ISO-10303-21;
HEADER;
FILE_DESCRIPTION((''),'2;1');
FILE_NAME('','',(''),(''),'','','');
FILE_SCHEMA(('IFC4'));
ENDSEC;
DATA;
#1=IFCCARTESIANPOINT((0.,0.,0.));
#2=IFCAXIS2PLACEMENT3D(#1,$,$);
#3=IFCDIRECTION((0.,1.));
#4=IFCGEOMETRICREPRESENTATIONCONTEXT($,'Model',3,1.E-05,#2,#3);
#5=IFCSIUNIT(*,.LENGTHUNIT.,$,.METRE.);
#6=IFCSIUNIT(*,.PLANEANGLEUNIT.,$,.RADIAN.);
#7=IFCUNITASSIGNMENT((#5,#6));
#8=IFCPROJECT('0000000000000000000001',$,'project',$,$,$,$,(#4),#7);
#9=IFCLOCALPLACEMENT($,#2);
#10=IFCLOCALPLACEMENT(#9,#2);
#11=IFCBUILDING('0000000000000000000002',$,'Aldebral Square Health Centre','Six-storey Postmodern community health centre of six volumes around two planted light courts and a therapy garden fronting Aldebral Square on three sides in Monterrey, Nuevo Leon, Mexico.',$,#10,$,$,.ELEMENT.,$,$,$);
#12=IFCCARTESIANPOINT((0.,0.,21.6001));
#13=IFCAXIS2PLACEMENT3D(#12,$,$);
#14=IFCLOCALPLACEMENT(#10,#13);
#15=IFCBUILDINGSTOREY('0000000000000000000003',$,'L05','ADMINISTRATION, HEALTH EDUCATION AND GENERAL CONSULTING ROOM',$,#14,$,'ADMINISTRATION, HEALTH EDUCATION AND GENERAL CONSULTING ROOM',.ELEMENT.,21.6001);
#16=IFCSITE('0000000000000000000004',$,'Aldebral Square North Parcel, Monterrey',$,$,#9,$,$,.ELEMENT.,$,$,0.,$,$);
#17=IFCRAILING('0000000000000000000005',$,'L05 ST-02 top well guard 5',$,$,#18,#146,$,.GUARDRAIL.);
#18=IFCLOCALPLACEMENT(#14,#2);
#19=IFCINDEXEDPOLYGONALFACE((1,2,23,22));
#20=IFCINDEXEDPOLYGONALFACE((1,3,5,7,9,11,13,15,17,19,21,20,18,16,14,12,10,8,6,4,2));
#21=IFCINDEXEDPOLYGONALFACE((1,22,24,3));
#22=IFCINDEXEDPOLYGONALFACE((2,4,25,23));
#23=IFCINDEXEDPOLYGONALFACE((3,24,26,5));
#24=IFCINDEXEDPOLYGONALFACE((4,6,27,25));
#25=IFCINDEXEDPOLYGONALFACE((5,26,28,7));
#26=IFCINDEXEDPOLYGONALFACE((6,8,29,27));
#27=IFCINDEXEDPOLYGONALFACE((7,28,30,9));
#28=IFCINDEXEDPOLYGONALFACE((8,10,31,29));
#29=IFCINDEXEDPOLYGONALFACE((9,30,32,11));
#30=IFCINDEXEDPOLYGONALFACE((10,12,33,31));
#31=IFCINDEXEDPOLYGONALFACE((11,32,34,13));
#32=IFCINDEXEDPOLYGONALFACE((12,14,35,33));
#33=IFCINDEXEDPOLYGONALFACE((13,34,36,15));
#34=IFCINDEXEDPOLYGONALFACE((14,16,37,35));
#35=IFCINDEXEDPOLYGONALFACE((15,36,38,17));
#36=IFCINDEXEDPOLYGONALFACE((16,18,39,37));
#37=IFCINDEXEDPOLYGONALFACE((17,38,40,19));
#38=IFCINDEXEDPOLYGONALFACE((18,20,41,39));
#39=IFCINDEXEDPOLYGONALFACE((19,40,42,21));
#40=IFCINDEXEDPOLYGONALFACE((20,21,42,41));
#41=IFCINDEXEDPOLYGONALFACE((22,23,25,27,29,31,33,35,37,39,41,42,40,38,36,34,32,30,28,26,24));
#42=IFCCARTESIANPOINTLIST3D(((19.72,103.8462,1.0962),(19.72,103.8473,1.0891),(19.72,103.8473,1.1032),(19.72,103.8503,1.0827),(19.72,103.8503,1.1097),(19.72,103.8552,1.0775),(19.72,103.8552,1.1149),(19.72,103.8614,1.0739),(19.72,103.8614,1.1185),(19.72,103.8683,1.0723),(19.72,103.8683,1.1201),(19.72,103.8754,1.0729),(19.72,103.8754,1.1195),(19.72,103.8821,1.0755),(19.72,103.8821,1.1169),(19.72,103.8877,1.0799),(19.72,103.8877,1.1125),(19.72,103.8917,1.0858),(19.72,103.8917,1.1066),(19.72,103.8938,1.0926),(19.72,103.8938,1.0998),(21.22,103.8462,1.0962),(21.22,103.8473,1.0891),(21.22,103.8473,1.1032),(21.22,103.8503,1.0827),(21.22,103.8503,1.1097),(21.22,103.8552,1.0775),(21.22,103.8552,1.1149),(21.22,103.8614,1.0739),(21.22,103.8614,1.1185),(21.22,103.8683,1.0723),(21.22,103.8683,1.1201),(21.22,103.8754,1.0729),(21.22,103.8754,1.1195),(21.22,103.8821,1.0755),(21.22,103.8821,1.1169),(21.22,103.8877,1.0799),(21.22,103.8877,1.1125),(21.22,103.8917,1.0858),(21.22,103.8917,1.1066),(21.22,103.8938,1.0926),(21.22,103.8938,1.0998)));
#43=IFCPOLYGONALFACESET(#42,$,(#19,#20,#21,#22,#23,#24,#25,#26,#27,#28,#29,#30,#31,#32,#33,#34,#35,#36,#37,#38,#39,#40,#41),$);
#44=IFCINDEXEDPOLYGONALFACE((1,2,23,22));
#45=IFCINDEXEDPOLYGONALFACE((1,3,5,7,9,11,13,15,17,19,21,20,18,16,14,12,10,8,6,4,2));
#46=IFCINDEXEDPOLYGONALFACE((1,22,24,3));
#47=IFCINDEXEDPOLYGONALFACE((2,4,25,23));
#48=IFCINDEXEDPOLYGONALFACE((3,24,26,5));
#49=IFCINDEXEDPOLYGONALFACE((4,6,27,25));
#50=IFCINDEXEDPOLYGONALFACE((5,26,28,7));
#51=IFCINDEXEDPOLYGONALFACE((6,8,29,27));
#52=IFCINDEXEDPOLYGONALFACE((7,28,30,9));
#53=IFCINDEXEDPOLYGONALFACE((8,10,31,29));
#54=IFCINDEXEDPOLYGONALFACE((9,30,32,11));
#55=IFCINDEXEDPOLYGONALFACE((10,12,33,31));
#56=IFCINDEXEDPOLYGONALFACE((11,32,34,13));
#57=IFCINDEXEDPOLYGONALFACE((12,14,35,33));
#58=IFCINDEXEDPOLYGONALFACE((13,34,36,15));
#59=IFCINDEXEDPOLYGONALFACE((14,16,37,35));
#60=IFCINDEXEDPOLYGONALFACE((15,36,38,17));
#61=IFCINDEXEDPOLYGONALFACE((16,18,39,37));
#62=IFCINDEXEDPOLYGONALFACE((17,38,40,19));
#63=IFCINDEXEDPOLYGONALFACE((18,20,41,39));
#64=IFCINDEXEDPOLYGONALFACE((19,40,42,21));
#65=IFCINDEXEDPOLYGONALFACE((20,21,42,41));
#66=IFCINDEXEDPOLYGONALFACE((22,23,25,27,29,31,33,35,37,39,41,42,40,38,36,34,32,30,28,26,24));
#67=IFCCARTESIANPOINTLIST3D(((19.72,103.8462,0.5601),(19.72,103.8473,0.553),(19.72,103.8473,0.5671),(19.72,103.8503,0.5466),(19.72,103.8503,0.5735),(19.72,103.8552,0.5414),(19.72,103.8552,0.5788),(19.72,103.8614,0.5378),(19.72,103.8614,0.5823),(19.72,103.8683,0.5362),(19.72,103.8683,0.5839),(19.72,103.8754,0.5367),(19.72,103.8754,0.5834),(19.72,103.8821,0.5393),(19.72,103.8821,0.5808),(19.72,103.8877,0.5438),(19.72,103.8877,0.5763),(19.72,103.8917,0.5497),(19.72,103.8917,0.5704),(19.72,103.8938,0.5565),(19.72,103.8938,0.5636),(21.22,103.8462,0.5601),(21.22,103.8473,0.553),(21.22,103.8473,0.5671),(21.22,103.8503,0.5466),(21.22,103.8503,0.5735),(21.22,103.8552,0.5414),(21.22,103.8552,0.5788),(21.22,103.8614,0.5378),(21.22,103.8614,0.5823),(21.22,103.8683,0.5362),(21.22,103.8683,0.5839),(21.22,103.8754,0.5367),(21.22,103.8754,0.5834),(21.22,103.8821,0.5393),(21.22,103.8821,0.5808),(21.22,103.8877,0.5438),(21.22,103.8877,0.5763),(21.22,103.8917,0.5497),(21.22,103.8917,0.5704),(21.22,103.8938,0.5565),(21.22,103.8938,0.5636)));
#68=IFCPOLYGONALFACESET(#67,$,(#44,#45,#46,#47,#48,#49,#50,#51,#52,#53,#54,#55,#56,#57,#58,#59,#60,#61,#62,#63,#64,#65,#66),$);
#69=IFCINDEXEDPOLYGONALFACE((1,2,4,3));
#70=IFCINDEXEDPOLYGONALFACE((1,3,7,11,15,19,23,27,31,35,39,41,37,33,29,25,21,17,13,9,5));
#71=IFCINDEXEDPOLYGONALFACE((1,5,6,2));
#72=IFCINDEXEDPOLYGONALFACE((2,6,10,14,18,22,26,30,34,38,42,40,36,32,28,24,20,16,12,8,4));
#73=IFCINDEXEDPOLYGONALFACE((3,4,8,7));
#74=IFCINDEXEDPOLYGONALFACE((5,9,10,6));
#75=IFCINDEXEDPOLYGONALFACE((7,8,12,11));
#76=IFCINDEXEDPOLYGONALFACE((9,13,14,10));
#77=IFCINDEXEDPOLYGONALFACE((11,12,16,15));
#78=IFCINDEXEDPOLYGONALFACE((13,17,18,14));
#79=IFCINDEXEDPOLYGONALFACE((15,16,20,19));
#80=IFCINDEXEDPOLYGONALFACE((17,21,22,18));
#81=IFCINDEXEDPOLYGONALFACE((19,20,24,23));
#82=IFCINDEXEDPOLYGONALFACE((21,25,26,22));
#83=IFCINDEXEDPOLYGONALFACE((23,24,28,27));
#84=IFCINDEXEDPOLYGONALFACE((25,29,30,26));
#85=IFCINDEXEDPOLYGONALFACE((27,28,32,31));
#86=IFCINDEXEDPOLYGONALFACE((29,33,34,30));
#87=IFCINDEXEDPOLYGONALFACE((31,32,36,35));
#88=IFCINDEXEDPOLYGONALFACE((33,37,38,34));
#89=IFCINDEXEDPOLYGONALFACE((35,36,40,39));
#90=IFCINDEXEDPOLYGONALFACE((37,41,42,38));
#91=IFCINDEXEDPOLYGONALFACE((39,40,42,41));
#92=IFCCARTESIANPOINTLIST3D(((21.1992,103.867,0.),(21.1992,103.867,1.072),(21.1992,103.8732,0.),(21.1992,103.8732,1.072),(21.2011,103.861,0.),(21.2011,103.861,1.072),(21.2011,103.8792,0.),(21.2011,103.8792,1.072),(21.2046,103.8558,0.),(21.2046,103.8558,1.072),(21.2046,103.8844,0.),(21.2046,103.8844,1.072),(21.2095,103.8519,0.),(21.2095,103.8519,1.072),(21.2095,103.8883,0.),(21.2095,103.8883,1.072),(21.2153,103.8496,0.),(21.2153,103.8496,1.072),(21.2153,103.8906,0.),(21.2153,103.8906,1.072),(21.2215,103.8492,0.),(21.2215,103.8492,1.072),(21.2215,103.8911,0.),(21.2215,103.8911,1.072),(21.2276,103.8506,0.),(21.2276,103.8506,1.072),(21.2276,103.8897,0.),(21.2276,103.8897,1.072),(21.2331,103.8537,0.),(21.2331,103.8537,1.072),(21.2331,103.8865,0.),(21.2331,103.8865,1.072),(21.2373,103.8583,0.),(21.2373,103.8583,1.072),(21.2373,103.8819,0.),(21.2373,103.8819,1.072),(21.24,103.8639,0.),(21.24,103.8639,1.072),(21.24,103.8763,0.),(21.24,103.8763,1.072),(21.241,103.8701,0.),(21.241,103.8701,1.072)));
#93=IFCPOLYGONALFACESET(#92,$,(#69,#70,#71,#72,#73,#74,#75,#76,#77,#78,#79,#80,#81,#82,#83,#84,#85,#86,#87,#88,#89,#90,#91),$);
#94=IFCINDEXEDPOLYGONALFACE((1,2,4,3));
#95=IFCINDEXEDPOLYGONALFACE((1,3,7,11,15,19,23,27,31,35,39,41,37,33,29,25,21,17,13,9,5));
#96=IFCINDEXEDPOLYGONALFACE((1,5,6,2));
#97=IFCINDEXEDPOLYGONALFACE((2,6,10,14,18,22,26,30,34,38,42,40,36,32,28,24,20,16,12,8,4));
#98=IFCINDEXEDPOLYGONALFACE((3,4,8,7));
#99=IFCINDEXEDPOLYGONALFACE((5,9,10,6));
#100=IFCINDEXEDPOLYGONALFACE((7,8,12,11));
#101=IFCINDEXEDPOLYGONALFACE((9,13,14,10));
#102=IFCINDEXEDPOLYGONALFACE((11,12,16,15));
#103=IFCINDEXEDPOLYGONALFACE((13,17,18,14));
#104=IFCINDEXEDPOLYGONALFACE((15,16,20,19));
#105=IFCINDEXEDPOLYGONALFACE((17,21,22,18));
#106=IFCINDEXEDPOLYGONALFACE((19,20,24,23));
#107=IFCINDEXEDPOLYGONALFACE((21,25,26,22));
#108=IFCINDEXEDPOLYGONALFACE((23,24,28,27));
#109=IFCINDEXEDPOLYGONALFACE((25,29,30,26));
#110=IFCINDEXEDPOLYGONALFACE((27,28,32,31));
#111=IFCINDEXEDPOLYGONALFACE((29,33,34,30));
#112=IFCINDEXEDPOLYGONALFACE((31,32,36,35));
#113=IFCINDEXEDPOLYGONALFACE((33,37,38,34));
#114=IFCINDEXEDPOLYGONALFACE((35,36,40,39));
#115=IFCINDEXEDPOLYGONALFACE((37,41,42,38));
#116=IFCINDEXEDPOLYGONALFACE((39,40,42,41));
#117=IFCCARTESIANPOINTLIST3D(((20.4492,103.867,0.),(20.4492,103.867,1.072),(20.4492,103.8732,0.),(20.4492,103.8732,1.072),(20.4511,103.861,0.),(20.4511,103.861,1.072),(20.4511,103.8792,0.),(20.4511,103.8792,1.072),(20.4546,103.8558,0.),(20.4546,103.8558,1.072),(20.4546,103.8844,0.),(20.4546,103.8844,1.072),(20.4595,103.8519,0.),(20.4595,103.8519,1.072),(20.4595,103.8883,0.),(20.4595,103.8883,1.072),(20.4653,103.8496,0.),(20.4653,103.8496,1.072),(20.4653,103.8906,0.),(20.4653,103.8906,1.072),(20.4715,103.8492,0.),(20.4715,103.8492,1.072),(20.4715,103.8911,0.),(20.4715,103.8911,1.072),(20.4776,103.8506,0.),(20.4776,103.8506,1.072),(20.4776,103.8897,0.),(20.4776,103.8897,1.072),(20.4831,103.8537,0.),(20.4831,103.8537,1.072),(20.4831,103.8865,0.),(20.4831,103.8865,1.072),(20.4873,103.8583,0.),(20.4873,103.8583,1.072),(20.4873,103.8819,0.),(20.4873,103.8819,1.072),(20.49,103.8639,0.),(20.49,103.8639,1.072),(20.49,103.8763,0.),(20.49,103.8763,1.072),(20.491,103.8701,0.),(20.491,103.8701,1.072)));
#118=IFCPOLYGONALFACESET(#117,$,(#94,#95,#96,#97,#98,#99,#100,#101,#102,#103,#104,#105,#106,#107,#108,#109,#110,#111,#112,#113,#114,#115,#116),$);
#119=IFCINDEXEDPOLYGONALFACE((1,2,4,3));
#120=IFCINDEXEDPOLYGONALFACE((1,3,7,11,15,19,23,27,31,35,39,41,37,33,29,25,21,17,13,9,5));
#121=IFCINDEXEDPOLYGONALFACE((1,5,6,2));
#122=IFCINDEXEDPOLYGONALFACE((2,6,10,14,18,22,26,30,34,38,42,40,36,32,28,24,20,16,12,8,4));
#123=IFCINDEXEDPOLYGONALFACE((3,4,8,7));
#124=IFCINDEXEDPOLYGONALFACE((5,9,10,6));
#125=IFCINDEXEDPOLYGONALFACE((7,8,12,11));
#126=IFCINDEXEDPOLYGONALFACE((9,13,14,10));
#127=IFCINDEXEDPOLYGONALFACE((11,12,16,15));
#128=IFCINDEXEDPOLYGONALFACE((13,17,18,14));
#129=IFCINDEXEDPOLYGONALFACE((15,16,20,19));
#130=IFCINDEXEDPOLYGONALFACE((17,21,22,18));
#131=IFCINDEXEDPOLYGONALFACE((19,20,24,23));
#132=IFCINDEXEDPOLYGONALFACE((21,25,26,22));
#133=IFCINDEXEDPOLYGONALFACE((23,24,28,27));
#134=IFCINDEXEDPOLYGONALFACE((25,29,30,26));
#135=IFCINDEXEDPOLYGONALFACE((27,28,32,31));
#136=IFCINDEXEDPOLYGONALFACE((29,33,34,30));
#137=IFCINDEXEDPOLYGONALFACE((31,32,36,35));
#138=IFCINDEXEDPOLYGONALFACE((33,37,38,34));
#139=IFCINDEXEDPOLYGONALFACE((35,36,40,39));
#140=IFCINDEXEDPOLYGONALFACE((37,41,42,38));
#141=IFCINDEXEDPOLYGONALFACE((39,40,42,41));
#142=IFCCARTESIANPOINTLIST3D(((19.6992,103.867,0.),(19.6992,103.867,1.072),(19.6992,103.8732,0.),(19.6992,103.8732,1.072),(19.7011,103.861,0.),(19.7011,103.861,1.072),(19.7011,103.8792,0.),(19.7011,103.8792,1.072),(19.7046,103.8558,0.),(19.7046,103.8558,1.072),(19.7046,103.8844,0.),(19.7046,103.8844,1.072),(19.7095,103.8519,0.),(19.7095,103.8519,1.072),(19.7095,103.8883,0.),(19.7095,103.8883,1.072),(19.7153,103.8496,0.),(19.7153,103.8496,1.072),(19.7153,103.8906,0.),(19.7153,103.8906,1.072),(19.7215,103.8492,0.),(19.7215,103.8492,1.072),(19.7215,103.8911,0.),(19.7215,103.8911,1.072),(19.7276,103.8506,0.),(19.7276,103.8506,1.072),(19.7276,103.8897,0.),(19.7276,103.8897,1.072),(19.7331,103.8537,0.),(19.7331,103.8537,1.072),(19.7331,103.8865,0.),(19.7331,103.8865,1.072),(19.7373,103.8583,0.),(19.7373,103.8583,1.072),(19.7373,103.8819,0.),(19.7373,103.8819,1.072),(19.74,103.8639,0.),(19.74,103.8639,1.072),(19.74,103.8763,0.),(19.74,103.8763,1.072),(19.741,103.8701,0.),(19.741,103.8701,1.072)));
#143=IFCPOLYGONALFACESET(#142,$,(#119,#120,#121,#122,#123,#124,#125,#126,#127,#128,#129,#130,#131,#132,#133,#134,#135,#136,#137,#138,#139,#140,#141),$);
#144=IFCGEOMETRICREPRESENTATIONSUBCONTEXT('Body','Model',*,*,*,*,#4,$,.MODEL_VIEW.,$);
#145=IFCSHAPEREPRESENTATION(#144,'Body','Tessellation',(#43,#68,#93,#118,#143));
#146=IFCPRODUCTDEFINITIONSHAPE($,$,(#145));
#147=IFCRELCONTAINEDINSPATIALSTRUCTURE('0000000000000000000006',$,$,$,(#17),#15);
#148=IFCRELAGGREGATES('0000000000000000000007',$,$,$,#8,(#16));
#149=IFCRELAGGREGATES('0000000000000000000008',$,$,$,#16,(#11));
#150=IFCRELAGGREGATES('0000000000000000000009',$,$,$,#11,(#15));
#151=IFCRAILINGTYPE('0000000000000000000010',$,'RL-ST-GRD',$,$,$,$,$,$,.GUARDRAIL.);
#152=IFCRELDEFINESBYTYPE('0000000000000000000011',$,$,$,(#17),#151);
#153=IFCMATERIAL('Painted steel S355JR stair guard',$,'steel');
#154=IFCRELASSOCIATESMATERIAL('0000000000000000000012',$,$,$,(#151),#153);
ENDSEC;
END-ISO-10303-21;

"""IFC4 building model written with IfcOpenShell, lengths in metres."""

from ifc_helpers import new_model, si_unit, direction, frame, origin, origin_2d, place, context, subcontext, project, spatial, circle, extrude, material, type_object, element, save


model = new_model("IFC4")

# Units and contexts
model_context = context("Model", 3, precision=1e-05, world=origin(), true_north=direction((0.0, 1.0)))
body_context = subcontext(model_context, "Body", "Model", "MODEL_VIEW")
ifc_project = project(units=[si_unit("LENGTHUNIT", "METRE"), si_unit("PLANEANGLEUNIT", "RADIAN")], contexts=[model_context])

# Site, building, storey
site_placement = place(None, origin())
site = spatial("IfcSite", under=ifc_project, at=site_placement, Name="Aldebral Square North Parcel, Monterrey", CompositionType="ELEMENT", RefElevation=0.0)
building_placement = place(site_placement, origin())
building = spatial("IfcBuilding", under=site, at=building_placement, Name="Aldebral Square Health Centre", Description="Six-storey Postmodern community health centre of six volumes around two planted light courts and a therapy garden fronting Aldebral Square on three sides in Monterrey, Nuevo Leon, Mexico.", CompositionType="ELEMENT")
storey_placement = place(building_placement, frame((0.0, 0.0, 21.6001)))
storey = spatial("IfcBuildingStorey", under=building, at=storey_placement, Name="L05", Description="ADMINISTRATION, HEALTH EDUCATION AND GENERAL CONSULTING ROOM", LongName="ADMINISTRATION, HEALTH EDUCATION AND GENERAL CONSULTING ROOM", CompositionType="ELEMENT", Elevation=21.6001)

# Railing
ifc_material_1 = material(Name="Painted steel S355JR stair guard", Category="steel")
railing_type = type_object("IfcRailingType", Name="RL-ST-GRD", PredefinedType="GUARDRAIL", material=ifc_material_1)
for number, where, name in (
    (1, (21.22, 103.8701, 0.0), "L05 ST-02 top well guard 5"),
):
    element("IfcRailing", number, at=place(storey_placement, frame(where)), inside=storey, type_object=railing_type, Name=name, PredefinedType="GUARDRAIL", context=body_context, shape_type="SweptSolid", body=[
        extrude(circle(Radius=0.0239, at=origin_2d()), frame((0.0, 0.0, 1.0962), z_axis=(-1.0, 0.0, 0.0), x_axis=(0.0, -1.0, 0.0)), (0.0, 0.0, 1.0), 1.5),
        extrude(circle(Radius=0.0239, at=origin_2d()), frame((0.0, 0.0, 0.5601), z_axis=(-1.0, 0.0, 0.0), x_axis=(0.0, -1.0, 0.0)), (0.0, 0.0, 1.0), 1.5),
        extrude(circle(Radius=0.021, at=origin_2d()), origin(), (0.0, 0.0, 1.0), 1.072),
        extrude(circle(Radius=0.021, at=origin_2d()), frame((-0.75, 0.0, 0.0)), (0.0, 0.0, 1.0), 1.072),
        extrude(circle(Radius=0.021, at=origin_2d()), frame((-1.5, 0.0, 0.0)), (0.0, 0.0, 1.0), 1.072),
    ])

save(model, "model.ifc")
